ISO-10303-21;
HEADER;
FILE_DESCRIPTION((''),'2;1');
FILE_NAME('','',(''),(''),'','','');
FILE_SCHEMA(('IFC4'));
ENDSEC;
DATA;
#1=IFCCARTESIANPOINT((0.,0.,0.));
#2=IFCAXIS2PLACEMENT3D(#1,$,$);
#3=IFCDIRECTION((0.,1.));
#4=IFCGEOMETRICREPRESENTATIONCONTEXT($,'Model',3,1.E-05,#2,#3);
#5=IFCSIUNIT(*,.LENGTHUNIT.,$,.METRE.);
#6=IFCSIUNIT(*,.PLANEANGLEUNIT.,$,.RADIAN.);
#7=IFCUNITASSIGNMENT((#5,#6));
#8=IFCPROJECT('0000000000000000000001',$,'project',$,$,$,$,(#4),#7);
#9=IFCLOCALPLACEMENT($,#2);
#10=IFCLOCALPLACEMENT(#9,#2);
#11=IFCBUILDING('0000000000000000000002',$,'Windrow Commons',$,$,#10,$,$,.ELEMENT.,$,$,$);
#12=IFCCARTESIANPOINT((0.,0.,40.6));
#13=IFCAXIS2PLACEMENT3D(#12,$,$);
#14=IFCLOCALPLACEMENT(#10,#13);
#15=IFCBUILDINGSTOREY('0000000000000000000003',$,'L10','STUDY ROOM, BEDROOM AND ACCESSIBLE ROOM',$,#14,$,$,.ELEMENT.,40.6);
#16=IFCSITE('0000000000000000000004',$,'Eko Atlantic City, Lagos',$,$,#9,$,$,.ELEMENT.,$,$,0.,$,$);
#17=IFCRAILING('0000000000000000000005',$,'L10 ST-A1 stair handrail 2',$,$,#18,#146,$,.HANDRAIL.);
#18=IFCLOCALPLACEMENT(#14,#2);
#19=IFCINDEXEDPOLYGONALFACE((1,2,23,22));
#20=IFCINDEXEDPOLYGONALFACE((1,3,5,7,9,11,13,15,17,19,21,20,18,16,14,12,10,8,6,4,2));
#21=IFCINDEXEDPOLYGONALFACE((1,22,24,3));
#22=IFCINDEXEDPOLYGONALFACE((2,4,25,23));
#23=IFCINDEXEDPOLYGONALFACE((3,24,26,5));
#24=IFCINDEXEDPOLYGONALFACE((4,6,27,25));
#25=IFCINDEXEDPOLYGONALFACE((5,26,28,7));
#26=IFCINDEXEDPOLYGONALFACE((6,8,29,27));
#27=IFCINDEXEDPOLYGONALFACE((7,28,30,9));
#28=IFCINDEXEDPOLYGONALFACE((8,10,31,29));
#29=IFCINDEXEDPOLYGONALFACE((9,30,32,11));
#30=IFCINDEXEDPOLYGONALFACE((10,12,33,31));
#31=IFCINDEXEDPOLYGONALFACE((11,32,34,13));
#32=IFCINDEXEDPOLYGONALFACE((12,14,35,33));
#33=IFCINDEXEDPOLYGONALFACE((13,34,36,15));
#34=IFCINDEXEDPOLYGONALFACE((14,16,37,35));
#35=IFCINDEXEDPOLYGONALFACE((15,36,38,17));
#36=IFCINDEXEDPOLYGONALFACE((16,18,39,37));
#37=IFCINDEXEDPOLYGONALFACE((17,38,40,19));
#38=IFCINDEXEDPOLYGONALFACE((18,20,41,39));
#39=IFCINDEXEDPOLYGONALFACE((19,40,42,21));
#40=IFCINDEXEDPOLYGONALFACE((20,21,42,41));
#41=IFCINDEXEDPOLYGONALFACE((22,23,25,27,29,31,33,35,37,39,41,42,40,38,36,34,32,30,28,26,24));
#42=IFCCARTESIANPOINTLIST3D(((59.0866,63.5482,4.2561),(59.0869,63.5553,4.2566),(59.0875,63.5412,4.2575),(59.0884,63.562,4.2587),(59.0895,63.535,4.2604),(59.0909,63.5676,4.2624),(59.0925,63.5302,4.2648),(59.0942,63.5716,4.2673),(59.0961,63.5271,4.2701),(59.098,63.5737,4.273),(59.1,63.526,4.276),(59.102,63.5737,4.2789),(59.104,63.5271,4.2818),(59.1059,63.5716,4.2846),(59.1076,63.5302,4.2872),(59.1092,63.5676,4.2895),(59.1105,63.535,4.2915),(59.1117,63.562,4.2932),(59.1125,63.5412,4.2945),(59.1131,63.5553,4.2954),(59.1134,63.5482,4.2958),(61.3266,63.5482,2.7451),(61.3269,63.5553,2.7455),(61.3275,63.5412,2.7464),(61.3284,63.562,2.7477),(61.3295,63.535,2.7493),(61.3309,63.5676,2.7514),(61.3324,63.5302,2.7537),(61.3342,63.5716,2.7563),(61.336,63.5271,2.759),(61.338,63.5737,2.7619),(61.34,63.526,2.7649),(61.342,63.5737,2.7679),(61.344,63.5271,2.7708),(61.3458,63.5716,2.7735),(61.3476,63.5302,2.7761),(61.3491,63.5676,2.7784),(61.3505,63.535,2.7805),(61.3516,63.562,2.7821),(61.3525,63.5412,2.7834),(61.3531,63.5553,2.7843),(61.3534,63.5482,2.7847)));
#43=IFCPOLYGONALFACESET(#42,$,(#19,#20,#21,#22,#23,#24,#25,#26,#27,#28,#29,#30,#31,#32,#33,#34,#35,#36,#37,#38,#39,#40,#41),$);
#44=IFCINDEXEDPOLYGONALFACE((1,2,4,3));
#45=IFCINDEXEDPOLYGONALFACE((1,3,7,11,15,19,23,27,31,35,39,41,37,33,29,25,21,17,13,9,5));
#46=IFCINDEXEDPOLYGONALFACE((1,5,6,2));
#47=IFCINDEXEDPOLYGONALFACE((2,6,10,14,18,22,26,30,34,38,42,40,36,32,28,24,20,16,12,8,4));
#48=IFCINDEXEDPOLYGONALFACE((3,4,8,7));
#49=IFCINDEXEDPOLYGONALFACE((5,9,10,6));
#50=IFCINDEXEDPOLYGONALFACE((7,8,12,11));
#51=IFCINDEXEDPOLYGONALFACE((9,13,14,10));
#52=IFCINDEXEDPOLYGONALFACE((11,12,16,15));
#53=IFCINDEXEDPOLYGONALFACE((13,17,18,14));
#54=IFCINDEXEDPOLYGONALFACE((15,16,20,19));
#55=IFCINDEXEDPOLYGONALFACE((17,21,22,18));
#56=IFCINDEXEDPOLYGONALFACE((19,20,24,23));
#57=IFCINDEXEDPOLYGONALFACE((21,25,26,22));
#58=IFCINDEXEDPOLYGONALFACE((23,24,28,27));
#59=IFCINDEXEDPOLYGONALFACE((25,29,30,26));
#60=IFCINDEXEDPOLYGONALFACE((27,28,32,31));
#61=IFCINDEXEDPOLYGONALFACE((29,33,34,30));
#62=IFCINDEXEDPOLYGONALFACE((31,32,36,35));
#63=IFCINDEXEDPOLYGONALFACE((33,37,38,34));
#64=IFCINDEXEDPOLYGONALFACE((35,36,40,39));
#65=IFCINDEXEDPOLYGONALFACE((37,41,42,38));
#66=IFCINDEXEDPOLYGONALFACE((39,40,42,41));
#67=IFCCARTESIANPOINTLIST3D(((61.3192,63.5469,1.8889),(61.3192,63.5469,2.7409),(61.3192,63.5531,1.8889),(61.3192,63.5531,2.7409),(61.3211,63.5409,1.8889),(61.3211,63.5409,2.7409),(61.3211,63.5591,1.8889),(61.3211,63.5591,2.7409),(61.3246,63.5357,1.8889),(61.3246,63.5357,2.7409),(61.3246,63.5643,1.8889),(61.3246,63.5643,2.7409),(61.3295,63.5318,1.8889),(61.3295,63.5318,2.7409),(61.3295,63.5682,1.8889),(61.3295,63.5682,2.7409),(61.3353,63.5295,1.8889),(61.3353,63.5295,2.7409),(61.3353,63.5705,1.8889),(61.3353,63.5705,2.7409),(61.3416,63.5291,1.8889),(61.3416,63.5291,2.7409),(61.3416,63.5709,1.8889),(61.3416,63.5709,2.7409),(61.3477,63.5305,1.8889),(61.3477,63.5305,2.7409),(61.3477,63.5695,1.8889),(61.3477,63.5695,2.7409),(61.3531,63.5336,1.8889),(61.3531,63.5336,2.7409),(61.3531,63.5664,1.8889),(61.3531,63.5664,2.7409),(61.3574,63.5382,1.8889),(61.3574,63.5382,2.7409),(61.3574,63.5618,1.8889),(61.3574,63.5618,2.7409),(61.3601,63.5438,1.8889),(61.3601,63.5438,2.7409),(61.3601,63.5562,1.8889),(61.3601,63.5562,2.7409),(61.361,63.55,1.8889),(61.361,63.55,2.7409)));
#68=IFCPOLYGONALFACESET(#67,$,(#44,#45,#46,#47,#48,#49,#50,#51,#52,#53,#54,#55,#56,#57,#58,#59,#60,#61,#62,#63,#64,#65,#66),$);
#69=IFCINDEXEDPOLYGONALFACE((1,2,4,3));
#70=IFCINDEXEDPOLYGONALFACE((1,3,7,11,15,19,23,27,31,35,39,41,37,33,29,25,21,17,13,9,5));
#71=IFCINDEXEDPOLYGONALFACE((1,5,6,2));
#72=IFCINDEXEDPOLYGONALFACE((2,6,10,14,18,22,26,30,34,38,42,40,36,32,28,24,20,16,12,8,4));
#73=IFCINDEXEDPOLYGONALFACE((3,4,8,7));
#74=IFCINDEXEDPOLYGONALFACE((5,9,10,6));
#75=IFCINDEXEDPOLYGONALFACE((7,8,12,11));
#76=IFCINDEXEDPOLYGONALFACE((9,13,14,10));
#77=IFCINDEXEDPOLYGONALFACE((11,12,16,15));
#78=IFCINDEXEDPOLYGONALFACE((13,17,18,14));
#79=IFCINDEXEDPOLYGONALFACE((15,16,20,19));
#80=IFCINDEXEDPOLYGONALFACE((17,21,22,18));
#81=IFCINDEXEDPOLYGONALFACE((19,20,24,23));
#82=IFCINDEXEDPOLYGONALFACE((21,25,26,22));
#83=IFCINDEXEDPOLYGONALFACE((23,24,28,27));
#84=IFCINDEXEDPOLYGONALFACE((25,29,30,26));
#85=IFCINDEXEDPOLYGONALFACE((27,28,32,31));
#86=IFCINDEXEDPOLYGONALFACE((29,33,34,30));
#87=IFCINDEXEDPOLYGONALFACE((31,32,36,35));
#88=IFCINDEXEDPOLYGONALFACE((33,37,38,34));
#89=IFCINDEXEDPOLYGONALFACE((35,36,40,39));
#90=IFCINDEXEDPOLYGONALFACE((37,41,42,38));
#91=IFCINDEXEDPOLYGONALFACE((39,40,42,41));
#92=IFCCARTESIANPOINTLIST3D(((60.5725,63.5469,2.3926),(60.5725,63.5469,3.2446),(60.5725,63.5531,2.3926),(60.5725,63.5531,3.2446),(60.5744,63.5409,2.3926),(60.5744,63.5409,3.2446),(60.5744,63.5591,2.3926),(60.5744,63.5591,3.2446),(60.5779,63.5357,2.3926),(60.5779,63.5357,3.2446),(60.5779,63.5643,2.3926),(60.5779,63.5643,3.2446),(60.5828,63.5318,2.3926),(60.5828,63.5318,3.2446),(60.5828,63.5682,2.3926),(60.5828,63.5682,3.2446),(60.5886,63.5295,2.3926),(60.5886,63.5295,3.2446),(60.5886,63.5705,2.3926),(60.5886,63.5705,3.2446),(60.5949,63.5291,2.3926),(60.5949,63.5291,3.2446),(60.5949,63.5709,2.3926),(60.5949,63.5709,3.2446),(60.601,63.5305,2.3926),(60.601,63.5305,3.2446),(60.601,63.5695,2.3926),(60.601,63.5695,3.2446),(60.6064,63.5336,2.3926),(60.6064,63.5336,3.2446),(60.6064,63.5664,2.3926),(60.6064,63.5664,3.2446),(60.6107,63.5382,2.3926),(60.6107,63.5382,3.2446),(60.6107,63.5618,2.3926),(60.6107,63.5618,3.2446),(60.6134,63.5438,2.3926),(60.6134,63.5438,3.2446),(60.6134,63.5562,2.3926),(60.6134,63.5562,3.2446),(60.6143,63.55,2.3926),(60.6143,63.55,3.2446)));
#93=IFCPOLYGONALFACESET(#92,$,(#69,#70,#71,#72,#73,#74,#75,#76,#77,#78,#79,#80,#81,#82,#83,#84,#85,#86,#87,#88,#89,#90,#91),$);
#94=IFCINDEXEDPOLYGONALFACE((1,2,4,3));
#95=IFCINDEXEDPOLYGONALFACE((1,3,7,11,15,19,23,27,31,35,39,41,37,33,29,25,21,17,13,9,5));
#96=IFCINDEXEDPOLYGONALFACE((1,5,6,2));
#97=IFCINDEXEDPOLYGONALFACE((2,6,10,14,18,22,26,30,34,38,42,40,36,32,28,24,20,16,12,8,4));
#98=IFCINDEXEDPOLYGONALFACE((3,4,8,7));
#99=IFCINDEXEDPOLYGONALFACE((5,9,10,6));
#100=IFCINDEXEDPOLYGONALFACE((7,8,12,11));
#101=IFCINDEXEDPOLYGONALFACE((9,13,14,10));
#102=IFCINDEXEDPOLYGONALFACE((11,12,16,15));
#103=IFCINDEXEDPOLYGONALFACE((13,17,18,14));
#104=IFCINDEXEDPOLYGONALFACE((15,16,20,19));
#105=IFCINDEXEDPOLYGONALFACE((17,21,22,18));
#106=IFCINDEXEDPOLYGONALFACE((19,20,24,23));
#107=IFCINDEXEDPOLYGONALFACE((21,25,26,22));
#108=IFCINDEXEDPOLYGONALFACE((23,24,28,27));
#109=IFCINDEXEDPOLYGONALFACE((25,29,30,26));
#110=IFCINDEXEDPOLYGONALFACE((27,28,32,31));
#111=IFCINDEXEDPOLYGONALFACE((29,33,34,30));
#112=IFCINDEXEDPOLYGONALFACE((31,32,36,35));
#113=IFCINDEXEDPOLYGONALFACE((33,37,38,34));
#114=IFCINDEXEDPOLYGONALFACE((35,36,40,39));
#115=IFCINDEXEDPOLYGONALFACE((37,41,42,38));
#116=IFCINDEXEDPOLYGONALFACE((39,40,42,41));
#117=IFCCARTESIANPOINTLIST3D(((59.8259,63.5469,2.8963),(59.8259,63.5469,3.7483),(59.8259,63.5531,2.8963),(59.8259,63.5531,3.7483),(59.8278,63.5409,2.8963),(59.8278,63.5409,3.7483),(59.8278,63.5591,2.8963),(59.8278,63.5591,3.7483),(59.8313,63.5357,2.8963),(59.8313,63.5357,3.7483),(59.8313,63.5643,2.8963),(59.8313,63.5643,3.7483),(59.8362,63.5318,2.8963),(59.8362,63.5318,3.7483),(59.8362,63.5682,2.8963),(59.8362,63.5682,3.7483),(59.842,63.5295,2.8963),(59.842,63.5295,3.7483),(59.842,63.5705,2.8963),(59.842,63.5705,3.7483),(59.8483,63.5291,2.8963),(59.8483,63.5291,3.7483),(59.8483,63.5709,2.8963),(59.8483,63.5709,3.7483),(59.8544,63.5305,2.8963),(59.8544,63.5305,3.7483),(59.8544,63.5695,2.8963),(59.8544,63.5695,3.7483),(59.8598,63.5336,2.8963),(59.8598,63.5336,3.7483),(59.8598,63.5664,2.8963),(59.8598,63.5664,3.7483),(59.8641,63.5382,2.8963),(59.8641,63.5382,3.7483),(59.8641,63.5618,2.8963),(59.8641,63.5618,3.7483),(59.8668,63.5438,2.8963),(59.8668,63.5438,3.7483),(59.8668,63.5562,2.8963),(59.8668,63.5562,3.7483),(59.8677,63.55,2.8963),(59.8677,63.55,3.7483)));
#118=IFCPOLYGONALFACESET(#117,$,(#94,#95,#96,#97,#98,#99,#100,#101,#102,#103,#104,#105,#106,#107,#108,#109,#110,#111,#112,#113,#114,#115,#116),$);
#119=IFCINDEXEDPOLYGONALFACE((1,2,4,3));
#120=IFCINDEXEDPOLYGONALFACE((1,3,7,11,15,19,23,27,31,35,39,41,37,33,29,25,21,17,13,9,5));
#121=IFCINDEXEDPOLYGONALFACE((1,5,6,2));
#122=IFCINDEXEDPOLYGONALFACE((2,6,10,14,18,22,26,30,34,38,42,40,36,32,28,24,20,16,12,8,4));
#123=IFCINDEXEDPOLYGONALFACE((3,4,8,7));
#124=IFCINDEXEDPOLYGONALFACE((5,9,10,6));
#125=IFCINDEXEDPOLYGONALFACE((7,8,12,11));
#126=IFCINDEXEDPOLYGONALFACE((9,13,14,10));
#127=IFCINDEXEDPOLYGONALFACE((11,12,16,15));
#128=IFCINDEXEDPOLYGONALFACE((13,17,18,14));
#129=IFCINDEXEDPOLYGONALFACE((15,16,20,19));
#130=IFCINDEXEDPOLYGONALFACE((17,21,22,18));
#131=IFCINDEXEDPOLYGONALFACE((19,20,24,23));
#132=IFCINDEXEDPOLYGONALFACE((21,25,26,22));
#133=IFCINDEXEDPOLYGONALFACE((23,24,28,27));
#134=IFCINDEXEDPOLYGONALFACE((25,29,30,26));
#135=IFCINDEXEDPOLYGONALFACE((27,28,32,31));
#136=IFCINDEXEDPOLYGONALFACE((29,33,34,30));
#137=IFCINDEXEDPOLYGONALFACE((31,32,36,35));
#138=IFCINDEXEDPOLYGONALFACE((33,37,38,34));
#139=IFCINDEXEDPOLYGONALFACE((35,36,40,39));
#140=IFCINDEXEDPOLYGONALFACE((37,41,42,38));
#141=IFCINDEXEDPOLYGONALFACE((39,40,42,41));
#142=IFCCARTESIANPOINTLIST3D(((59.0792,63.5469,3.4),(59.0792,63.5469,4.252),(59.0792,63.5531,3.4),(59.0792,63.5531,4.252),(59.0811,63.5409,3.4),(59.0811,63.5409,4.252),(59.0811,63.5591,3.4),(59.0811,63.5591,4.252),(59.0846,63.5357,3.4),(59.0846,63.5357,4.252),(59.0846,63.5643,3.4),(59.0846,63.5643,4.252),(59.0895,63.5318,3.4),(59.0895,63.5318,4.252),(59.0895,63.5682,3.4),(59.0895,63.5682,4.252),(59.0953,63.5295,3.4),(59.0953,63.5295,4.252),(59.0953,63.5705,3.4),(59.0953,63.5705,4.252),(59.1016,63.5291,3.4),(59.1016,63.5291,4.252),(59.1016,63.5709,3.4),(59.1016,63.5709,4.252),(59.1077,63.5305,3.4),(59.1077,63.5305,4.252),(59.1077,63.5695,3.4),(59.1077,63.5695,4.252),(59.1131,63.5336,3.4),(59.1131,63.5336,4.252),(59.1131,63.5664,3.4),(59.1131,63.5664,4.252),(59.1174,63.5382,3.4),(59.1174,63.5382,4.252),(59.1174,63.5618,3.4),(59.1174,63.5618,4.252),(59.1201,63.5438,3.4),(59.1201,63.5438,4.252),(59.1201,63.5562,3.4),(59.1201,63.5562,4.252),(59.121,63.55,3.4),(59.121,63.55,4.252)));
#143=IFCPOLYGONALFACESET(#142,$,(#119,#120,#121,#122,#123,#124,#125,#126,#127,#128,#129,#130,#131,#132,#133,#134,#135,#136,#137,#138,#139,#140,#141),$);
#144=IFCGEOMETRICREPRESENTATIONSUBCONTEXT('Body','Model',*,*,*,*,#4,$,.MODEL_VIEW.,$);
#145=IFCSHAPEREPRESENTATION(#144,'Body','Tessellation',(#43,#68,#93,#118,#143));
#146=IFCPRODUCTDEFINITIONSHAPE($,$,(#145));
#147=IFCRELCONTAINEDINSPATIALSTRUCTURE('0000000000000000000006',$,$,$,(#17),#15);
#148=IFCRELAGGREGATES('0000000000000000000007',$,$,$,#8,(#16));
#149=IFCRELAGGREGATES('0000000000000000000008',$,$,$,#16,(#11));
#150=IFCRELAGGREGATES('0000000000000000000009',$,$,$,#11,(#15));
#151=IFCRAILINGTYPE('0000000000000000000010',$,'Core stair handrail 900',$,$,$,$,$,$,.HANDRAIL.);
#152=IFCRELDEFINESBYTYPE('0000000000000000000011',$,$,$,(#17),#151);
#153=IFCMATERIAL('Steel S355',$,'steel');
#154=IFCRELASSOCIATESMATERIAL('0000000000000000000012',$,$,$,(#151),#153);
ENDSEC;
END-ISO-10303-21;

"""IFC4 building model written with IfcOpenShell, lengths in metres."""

from ifc_helpers import new_model, si_unit, direction, frame, origin, origin_2d, place, context, subcontext, project, spatial, circle, extrude, material, type_object, element, save


model = new_model("IFC4")

# Units and contexts
model_context = context("Model", 3, precision=1e-05, world=origin(), true_north=direction((0.0, 1.0)))
body_context = subcontext(model_context, "Body", "Model", "MODEL_VIEW")
ifc_project = project(units=[si_unit("LENGTHUNIT", "METRE"), si_unit("PLANEANGLEUNIT", "RADIAN")], contexts=[model_context])

# Site, building, storey
site_placement = place(None, origin())
site = spatial("IfcSite", under=ifc_project, at=site_placement, Name="Eko Atlantic City, Lagos", CompositionType="ELEMENT", RefElevation=0.0)
building_placement = place(site_placement, origin())
building = spatial("IfcBuilding", under=site, at=building_placement, Name="Windrow Commons", CompositionType="ELEMENT")
storey_placement = place(building_placement, frame((0.0, 0.0, 40.6)))
storey = spatial("IfcBuildingStorey", under=building, at=storey_placement, Name="L10", Description="STUDY ROOM, BEDROOM AND ACCESSIBLE ROOM", CompositionType="ELEMENT", Elevation=40.6)

# Railing
ifc_material_1 = material(Name="Steel S355", Category="steel")
railing_type_1 = type_object("IfcRailingType", Name="Core stair handrail 900", PredefinedType="HANDRAIL", material=ifc_material_1)
for number, where, name in (
    (1, (61.34, 63.55, 1.8889), "L10 ST-A1 stair handrail 2"),
):
    element("IfcRailing", number, at=place(storey_placement, frame(where)), inside=storey, type_object=railing_type_1, Name=name, PredefinedType="HANDRAIL", context=body_context, shape_type="SweptSolid", body=[
        extrude(circle(Radius=0.024, at=origin_2d()), frame((0.0, 0.0, 0.876), z_axis=(-0.829003, 0.0, 0.559244), x_axis=(0.0, -1.0, 0.0)), (0.0, 0.0, 1.0), 2.702),
        extrude(circle(Radius=0.021, at=origin_2d()), origin(), (0.0, 0.0, 1.0), 0.852),
        extrude(circle(Radius=0.021, at=origin_2d()), frame((-0.7467, 0.0, 0.5037)), (0.0, 0.0, 1.0), 0.852),
        extrude(circle(Radius=0.021, at=origin_2d()), frame((-1.4933, 0.0, 1.0074)), (0.0, 0.0, 1.0), 0.852),
        extrude(circle(Radius=0.021, at=origin_2d()), frame((-2.24, 0.0, 1.5111)), (0.0, 0.0, 1.0), 0.852),
    ])

save(model, "model.ifc")
